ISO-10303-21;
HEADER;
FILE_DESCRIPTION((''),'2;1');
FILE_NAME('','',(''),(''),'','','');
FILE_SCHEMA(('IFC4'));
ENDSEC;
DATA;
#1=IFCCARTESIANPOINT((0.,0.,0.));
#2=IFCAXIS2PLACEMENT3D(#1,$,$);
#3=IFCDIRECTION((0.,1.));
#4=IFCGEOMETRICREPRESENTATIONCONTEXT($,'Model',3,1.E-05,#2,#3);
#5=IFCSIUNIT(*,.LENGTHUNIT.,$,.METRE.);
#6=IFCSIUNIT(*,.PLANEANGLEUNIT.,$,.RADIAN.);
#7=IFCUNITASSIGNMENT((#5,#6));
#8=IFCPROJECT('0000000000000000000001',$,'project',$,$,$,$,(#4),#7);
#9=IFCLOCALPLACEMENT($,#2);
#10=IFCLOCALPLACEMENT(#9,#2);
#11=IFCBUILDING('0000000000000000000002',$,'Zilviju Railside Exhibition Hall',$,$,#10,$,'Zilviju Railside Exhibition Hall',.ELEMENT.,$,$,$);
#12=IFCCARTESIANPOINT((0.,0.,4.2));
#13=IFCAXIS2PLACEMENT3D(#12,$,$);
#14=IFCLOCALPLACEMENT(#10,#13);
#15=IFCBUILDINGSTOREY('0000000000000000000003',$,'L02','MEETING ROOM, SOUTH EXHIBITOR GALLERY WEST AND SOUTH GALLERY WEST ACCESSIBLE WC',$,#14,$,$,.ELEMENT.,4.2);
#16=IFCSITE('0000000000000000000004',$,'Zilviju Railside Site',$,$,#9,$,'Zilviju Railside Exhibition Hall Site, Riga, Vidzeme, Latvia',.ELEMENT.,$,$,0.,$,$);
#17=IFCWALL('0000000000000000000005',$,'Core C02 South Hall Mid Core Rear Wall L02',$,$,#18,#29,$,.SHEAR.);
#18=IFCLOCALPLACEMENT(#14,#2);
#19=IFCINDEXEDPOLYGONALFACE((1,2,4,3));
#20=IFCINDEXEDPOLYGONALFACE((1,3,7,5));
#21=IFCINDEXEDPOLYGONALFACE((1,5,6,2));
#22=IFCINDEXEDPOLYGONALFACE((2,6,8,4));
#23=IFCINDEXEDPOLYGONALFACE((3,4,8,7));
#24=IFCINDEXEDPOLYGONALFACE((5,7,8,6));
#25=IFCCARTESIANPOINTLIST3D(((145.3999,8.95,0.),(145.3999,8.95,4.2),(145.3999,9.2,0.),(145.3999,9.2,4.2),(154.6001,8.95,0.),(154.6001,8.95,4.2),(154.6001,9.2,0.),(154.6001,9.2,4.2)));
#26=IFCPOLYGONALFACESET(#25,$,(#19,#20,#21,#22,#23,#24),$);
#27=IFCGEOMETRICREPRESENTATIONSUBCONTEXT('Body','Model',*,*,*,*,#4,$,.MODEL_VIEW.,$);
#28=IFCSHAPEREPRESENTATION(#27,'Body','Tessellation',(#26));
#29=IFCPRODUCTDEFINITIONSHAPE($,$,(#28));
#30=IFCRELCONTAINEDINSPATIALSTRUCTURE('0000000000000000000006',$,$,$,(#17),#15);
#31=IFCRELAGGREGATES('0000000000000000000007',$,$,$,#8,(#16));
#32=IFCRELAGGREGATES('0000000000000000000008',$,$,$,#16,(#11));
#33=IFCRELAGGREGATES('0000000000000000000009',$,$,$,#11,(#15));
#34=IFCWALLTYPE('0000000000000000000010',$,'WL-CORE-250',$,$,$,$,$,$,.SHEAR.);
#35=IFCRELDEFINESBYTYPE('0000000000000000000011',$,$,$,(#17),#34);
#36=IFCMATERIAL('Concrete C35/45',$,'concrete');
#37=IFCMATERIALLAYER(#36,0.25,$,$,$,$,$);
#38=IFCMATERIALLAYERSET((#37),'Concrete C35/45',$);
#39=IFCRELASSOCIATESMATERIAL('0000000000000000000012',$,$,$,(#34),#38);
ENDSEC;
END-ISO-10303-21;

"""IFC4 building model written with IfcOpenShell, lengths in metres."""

from ifc_helpers import new_model, si_unit, direction, frame, frame_2d, origin, place, context, subcontext, project, spatial, rectangle, extrude, material, layer, layer_set, type_object, element, save


model = new_model("IFC4")

# Units and contexts
model_context = context("Model", 3, precision=1e-05, world=origin(), true_north=direction((0.0, 1.0)))
body_context = subcontext(model_context, "Body", "Model", "MODEL_VIEW")
ifc_project = project(units=[si_unit("LENGTHUNIT", "METRE"), si_unit("PLANEANGLEUNIT", "RADIAN")], contexts=[model_context])

# Site, building, storey
site_placement = place(None, origin())
site = spatial("IfcSite", under=ifc_project, at=site_placement, Name="Zilviju Railside Site", LongName="Zilviju Railside Exhibition Hall Site, Riga, Vidzeme, Latvia", CompositionType="ELEMENT", RefElevation=0.0)
building_placement = place(site_placement, origin())
building = spatial("IfcBuilding", under=site, at=building_placement, Name="Zilviju Railside Exhibition Hall", LongName="Zilviju Railside Exhibition Hall", CompositionType="ELEMENT")
storey_placement = place(building_placement, frame((0.0, 0.0, 4.2)))
storey = spatial("IfcBuildingStorey", under=building, at=storey_placement, Name="L02", Description="MEETING ROOM, SOUTH EXHIBITOR GALLERY WEST AND SOUTH GALLERY WEST ACCESSIBLE WC", CompositionType="ELEMENT", Elevation=4.2)

# Wall
ifc_material_1 = material(Name="Concrete C35/45", Category="concrete")
ifc_layer_1 = layer(ifc_material_1, 0.25)
ifc_layer_set_1 = layer_set([ifc_layer_1], Name="Concrete C35/45")
wall_type = type_object("IfcWallType", Name="WL-CORE-250", PredefinedType="SHEAR", material=ifc_layer_set_1)
wall_placement = place(storey_placement, frame((145.3999, 9.075, 0.0), z_axis=(0.0, 0.0, 1.0), x_axis=(1.0, 0.0, 0.0)))
element("IfcWall", 1, at=wall_placement, inside=storey, type_object=wall_type, Name="Core C02 South Hall Mid Core Rear Wall L02", PredefinedType="SHEAR", context=body_context, shape_type="SweptSolid", body=[
    extrude(rectangle(XDim=9.2002, YDim=0.25, at=frame_2d((4.6001, 0.0))), origin(), (0.0, 0.0, 1.0), 4.2),
])

save(model, "model.ifc")
